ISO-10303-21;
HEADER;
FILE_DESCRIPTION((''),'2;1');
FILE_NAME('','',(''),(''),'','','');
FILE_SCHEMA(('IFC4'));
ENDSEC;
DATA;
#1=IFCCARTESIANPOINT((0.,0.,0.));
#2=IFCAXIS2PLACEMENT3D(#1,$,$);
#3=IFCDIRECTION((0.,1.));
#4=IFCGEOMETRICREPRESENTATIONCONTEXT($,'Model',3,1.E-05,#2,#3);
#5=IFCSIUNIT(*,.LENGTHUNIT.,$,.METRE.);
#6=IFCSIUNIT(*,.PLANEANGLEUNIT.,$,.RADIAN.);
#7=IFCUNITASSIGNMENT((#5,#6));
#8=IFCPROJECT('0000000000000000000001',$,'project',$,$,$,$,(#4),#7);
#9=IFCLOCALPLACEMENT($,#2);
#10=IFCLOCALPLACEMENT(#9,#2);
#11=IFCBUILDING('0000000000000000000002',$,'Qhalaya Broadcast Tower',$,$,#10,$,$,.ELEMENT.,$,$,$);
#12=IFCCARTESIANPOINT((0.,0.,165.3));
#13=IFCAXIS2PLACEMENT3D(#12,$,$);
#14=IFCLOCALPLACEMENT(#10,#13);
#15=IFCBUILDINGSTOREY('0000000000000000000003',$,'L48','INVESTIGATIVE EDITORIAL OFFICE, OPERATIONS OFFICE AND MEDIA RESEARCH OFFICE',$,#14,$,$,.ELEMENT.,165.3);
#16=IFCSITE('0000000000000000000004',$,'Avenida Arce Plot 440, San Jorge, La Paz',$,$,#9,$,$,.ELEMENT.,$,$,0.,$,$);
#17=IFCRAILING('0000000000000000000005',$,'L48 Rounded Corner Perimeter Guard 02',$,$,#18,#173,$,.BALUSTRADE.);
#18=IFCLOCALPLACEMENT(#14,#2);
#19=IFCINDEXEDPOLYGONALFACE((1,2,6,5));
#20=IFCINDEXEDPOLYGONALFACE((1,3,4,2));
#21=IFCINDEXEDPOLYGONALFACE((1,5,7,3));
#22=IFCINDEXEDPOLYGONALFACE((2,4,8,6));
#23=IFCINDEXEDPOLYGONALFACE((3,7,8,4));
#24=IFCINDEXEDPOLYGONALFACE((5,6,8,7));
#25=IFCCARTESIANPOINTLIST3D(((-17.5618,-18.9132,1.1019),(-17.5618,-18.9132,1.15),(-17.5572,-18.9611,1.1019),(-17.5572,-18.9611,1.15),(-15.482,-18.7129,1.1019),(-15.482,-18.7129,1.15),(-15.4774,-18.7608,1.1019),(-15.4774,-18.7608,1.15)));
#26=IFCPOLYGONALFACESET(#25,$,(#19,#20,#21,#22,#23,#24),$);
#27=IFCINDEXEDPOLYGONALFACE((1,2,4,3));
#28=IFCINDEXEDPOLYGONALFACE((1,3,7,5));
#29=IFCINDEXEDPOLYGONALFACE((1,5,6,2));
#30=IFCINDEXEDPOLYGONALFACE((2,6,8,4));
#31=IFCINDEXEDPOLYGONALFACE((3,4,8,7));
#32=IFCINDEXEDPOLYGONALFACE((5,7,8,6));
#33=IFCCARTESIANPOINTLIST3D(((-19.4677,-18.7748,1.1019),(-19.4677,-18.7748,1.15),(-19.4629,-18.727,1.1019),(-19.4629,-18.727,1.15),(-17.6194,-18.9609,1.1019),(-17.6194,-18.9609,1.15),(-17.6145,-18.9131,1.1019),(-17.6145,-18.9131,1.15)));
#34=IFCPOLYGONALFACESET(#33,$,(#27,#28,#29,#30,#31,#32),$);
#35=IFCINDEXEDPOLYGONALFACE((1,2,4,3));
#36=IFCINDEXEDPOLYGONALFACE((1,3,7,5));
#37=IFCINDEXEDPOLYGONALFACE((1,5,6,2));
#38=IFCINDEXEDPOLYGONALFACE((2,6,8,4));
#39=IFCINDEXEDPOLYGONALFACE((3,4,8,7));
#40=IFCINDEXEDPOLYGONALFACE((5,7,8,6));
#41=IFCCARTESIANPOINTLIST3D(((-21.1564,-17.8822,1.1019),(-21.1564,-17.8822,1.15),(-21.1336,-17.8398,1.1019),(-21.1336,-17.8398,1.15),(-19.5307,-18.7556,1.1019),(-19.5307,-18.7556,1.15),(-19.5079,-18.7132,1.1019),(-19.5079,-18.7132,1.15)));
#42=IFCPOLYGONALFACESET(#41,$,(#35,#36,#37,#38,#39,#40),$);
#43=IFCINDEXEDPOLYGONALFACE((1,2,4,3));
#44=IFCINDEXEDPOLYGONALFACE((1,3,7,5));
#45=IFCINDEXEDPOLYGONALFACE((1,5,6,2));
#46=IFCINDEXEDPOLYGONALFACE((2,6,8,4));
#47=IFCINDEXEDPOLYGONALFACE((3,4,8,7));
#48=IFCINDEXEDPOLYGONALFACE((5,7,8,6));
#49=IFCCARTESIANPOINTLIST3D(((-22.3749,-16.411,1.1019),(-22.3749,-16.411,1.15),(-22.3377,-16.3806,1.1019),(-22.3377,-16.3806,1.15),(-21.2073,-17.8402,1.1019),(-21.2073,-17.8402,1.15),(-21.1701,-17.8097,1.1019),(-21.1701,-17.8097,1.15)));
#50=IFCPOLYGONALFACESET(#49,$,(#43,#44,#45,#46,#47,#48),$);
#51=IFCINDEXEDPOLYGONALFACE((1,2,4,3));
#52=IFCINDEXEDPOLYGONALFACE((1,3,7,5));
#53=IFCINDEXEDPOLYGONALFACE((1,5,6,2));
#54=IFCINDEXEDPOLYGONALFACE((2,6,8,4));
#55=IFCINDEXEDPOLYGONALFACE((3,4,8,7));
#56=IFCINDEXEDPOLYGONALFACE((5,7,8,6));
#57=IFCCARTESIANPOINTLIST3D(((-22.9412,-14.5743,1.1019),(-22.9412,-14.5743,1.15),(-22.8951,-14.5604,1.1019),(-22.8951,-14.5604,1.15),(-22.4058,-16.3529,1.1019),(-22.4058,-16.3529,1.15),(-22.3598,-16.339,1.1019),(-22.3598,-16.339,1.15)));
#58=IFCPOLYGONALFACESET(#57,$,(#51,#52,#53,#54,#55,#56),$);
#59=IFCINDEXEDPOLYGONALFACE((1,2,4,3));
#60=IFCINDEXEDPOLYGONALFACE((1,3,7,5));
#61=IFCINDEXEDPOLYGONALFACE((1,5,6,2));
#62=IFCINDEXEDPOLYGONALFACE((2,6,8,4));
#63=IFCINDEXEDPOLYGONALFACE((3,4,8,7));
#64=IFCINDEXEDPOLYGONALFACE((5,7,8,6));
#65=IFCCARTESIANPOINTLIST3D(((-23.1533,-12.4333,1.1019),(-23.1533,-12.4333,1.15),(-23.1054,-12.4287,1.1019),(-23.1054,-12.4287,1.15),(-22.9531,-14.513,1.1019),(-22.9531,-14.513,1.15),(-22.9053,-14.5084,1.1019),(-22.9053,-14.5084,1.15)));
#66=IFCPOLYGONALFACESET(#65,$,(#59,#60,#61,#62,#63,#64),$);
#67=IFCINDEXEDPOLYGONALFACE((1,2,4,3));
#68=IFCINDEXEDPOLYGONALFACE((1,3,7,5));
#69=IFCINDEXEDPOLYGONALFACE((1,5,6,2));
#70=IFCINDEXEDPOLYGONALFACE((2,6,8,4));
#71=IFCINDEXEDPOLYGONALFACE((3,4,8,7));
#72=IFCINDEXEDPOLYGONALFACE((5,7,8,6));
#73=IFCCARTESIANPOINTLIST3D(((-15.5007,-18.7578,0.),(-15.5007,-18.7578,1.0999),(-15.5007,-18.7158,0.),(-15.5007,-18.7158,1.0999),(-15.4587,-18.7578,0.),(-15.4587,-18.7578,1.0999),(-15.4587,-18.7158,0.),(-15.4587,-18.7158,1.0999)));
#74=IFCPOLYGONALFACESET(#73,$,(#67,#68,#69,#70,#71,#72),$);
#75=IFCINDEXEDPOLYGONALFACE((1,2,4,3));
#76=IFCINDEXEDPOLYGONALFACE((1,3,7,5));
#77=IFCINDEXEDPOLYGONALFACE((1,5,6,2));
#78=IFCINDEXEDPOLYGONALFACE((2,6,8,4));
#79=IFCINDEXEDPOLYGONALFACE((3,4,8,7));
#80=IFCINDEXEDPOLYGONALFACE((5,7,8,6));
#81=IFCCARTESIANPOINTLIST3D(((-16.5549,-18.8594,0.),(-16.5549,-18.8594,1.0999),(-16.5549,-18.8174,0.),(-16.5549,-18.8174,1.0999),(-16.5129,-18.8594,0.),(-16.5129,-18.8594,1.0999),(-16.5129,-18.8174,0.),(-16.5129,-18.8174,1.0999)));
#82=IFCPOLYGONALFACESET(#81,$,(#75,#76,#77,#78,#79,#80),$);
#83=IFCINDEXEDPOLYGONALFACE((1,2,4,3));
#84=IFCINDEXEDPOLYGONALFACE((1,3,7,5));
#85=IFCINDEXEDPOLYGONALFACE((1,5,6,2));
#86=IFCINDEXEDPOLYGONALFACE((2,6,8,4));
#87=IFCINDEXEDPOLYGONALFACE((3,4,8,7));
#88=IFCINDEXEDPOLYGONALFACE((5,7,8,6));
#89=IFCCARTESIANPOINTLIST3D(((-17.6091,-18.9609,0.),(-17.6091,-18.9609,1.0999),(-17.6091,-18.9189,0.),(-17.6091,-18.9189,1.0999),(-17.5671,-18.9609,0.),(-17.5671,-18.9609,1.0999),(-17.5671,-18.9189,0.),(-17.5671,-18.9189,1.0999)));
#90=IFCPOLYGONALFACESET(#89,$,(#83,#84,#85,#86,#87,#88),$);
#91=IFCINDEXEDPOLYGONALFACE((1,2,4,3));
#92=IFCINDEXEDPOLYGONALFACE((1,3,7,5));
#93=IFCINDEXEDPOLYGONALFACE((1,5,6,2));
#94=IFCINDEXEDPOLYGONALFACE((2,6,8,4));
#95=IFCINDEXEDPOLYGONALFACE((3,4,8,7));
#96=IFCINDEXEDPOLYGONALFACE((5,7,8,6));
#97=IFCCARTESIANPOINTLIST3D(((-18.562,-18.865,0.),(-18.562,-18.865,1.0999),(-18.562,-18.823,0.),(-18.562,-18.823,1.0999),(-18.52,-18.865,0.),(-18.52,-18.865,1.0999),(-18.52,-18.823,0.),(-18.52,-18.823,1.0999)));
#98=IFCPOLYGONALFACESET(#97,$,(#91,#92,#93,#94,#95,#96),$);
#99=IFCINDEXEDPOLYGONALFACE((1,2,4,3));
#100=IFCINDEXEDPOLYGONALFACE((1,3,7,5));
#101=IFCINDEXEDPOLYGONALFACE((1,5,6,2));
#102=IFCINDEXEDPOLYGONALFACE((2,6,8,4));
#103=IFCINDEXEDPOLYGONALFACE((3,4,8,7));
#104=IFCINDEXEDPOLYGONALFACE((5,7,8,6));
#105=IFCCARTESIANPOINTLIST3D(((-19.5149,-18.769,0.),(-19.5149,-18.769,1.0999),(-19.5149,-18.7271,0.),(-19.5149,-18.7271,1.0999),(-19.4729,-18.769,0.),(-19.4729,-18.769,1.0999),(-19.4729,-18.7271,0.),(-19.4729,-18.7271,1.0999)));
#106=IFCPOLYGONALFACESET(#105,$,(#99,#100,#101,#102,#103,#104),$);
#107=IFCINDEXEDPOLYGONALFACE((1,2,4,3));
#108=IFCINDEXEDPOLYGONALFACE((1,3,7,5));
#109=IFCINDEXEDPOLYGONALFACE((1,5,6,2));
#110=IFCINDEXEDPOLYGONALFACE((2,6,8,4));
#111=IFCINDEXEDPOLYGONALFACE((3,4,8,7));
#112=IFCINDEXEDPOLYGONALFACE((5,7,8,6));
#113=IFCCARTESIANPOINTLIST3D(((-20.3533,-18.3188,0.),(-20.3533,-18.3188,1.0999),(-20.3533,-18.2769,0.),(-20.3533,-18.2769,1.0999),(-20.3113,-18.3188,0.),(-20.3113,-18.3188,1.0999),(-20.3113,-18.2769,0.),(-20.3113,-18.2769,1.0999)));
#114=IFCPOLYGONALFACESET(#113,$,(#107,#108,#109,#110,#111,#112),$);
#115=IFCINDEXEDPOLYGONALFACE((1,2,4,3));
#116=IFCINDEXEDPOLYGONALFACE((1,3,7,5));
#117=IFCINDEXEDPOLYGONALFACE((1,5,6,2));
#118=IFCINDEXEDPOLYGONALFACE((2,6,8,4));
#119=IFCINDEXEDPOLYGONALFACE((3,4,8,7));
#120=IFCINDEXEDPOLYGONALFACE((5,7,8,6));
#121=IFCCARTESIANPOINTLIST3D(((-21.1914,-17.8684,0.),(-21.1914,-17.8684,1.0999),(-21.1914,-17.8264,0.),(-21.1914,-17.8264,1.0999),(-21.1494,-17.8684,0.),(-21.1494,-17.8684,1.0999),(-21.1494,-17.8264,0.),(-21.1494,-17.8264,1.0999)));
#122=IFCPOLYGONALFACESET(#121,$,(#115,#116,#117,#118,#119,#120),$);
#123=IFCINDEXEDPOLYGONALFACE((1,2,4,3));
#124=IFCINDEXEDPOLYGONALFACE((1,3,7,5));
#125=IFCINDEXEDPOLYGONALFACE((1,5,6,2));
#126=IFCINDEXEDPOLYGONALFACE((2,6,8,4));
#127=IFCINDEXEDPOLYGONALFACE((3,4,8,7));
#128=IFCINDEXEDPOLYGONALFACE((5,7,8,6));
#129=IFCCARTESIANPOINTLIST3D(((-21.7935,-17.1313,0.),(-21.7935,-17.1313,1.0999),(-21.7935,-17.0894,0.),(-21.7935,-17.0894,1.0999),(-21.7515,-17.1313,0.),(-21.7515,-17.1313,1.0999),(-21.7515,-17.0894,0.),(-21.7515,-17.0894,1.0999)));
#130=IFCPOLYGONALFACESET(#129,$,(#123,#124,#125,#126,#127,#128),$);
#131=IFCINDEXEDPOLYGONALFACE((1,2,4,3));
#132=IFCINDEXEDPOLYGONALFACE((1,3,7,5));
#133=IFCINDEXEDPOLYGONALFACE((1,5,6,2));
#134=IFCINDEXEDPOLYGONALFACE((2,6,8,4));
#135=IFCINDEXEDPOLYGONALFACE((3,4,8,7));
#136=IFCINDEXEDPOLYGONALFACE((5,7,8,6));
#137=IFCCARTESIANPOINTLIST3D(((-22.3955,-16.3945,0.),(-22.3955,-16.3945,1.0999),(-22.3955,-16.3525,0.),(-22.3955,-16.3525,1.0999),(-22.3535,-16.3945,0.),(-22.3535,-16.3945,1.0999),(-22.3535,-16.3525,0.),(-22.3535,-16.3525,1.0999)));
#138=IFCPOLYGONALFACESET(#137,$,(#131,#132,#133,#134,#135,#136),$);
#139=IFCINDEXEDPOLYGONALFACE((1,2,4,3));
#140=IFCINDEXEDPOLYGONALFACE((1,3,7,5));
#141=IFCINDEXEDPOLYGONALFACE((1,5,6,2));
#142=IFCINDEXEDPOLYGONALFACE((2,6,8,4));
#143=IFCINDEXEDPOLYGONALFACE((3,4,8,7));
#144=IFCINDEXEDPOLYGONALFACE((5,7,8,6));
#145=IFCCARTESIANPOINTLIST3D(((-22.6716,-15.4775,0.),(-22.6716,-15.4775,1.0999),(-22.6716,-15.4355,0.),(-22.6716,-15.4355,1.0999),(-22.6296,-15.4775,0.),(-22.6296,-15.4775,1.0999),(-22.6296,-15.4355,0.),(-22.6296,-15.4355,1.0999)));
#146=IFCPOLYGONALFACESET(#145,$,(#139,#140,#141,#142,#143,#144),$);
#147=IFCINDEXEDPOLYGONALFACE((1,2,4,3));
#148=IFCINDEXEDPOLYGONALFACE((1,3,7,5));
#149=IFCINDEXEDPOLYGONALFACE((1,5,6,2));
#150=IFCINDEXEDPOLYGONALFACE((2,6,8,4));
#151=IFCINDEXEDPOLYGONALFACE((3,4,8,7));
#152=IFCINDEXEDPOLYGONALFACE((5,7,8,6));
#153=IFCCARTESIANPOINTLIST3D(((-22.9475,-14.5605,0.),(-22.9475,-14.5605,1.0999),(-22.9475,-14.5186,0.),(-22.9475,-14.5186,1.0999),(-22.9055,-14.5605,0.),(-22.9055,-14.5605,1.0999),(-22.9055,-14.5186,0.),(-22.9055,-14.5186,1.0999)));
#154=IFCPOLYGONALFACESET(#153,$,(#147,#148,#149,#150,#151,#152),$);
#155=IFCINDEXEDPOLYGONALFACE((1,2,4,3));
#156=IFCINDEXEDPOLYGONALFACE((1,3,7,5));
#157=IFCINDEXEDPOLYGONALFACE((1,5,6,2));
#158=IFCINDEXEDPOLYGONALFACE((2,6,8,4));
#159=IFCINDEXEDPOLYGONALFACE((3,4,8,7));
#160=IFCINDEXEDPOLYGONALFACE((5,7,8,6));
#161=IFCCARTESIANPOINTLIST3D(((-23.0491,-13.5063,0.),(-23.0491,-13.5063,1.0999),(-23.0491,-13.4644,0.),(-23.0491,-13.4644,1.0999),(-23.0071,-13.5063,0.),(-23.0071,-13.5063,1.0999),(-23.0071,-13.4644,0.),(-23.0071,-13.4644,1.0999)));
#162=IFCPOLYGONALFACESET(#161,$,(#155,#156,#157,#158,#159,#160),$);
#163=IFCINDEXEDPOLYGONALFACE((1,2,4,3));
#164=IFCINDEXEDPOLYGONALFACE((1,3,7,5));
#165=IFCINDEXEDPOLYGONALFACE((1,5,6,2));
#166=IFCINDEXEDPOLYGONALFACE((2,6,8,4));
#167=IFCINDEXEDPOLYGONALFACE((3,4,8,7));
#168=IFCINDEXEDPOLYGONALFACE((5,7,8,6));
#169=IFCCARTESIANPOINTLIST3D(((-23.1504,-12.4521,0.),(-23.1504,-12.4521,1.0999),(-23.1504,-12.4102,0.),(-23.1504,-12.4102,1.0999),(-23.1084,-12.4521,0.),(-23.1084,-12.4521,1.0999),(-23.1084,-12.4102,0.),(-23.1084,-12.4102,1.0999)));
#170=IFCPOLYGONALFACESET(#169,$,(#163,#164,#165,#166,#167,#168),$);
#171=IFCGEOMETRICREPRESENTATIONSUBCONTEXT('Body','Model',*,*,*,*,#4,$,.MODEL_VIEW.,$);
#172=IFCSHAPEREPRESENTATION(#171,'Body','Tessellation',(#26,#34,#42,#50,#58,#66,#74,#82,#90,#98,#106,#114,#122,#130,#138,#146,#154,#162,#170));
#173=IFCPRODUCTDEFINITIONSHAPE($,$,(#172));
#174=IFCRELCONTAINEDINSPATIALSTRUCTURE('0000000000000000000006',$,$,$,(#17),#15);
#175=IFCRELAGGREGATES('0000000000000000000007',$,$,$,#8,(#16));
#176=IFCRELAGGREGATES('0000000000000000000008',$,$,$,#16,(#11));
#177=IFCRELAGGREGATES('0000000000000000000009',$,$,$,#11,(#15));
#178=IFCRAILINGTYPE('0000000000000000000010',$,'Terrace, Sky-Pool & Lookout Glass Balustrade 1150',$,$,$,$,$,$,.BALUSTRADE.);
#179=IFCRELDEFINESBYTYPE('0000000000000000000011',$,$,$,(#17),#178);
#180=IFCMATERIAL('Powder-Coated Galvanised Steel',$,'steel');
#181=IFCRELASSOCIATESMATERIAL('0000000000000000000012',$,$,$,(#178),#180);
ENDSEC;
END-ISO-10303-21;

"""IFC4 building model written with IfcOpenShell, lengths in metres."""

from ifc_helpers import new_model, si_unit, direction, frame, origin, origin_2d, place, context, subcontext, project, spatial, rectangle, extrude, material, type_object, element, save


model = new_model("IFC4")

# Units and contexts
model_context = context("Model", 3, precision=1e-05, world=origin(), true_north=direction((0.0, 1.0)))
body_context = subcontext(model_context, "Body", "Model", "MODEL_VIEW")
ifc_project = project(units=[si_unit("LENGTHUNIT", "METRE"), si_unit("PLANEANGLEUNIT", "RADIAN")], contexts=[model_context])

# Site, building, storey
site_placement = place(None, origin())
site = spatial("IfcSite", under=ifc_project, at=site_placement, Name="Avenida Arce Plot 440, San Jorge, La Paz", CompositionType="ELEMENT", RefElevation=0.0)
building_placement = place(site_placement, origin())
building = spatial("IfcBuilding", under=site, at=building_placement, Name="Qhalaya Broadcast Tower", CompositionType="ELEMENT")
storey_placement = place(building_placement, frame((0.0, 0.0, 165.3)))
storey = spatial("IfcBuildingStorey", under=building, at=storey_placement, Name="L48", Description="INVESTIGATIVE EDITORIAL OFFICE, OPERATIONS OFFICE AND MEDIA RESEARCH OFFICE", CompositionType="ELEMENT", Elevation=165.3)

# Railing
ifc_material_1 = material(Name="Powder-Coated Galvanised Steel", Category="steel")
railing_type = type_object("IfcRailingType", Name="Terrace, Sky-Pool & Lookout Glass Balustrade 1150", PredefinedType="BALUSTRADE", material=ifc_material_1)
railing_placement = place(storey_placement, frame((-15.4797, -18.7368, 0.0)))
element("IfcRailing", 1, at=railing_placement, inside=storey, type_object=railing_type, Name="L48 Rounded Corner Perimeter Guard 02", PredefinedType="BALUSTRADE", context=body_context, shape_type="SweptSolid", body=[
    extrude(rectangle(XDim=0.0481, YDim=0.0481, at=origin_2d()), frame((0.0, 0.0, 1.126), z_axis=(-0.995391, -0.095897, 0.0), x_axis=(0.095897, -0.995391, 0.0)), (0.0, 0.0, 1.0), 2.0894),
    extrude(rectangle(XDim=0.0481, YDim=0.0481, at=origin_2d()), frame((-2.1372, -0.2002, 1.126), z_axis=(-0.994969, 0.100185, 0.0), x_axis=(-0.100185, -0.994969, 0.0)), (0.0, 0.0, 1.0), 1.8577),
    extrude(rectangle(XDim=0.0481, YDim=0.0481, at=origin_2d()), frame((-4.0396, 0.0024, 1.126), z_axis=(-0.880932, 0.473243, 0.0), x_axis=(-0.473243, -0.880932, 0.0)), (0.0, 0.0, 1.0), 1.8455),
    extrude(rectangle(XDim=0.0481, YDim=0.0481, at=origin_2d()), frame((-5.709, 0.9119, 1.126), z_axis=(-0.632672, 0.77442, 0.0), x_axis=(-0.77442, -0.632672, 0.0)), (0.0, 0.0, 1.0), 1.8455),
    extrude(rectangle(XDim=0.0481, YDim=0.0481, at=origin_2d()), frame((-6.9031, 2.3909, 1.126), z_axis=(-0.288213, 0.957566, 0.0), x_axis=(-0.957566, -0.288213, 0.0)), (0.0, 0.0, 1.0), 1.8574),
    extrude(rectangle(XDim=0.0481, YDim=0.0481, at=origin_2d()), frame((-7.4495, 4.2261, 1.126), z_axis=(-0.095783, 0.995402, 0.0), x_axis=(-0.995402, -0.095783, 0.0)), (0.0, 0.0, 1.0), 2.0894),
    extrude(rectangle(XDim=0.042, YDim=0.042, at=origin_2d()), origin(), (0.0, 0.0, 1.0), 1.0999),
    extrude(rectangle(XDim=0.042, YDim=0.042, at=origin_2d()), frame((-1.0542, -0.1016, 0.0)), (0.0, 0.0, 1.0), 1.0999),
    extrude(rectangle(XDim=0.042, YDim=0.042, at=origin_2d()), frame((-2.1084, -0.2031, 0.0)), (0.0, 0.0, 1.0), 1.0999),
    extrude(rectangle(XDim=0.042, YDim=0.042, at=origin_2d()), frame((-3.0613, -0.1072, 0.0)), (0.0, 0.0, 1.0), 1.0999),
    extrude(rectangle(XDim=0.042, YDim=0.042, at=origin_2d()), frame((-4.0142, -0.0112, 0.0)), (0.0, 0.0, 1.0), 1.0999),
    extrude(rectangle(XDim=0.042, YDim=0.042, at=origin_2d()), frame((-4.8525, 0.439, 0.0)), (0.0, 0.0, 1.0), 1.0999),
    extrude(rectangle(XDim=0.042, YDim=0.042, at=origin_2d()), frame((-5.6907, 0.8894, 0.0)), (0.0, 0.0, 1.0), 1.0999),
    extrude(rectangle(XDim=0.042, YDim=0.042, at=origin_2d()), frame((-6.2927, 1.6265, 0.0)), (0.0, 0.0, 1.0), 1.0999),
    extrude(rectangle(XDim=0.042, YDim=0.042, at=origin_2d()), frame((-6.8948, 2.3633, 0.0)), (0.0, 0.0, 1.0), 1.0999),
    extrude(rectangle(XDim=0.042, YDim=0.042, at=origin_2d()), frame((-7.1709, 3.2803, 0.0)), (0.0, 0.0, 1.0), 1.0999),
    extrude(rectangle(XDim=0.042, YDim=0.042, at=origin_2d()), frame((-7.4468, 4.1973, 0.0)), (0.0, 0.0, 1.0), 1.0999),
    extrude(rectangle(XDim=0.042, YDim=0.042, at=origin_2d()), frame((-7.5483, 5.2515, 0.0)), (0.0, 0.0, 1.0), 1.0999),
    extrude(rectangle(XDim=0.042, YDim=0.042, at=origin_2d()), frame((-7.6497, 6.3057, 0.0)), (0.0, 0.0, 1.0), 1.0999),
])

save(model, "model.ifc")
